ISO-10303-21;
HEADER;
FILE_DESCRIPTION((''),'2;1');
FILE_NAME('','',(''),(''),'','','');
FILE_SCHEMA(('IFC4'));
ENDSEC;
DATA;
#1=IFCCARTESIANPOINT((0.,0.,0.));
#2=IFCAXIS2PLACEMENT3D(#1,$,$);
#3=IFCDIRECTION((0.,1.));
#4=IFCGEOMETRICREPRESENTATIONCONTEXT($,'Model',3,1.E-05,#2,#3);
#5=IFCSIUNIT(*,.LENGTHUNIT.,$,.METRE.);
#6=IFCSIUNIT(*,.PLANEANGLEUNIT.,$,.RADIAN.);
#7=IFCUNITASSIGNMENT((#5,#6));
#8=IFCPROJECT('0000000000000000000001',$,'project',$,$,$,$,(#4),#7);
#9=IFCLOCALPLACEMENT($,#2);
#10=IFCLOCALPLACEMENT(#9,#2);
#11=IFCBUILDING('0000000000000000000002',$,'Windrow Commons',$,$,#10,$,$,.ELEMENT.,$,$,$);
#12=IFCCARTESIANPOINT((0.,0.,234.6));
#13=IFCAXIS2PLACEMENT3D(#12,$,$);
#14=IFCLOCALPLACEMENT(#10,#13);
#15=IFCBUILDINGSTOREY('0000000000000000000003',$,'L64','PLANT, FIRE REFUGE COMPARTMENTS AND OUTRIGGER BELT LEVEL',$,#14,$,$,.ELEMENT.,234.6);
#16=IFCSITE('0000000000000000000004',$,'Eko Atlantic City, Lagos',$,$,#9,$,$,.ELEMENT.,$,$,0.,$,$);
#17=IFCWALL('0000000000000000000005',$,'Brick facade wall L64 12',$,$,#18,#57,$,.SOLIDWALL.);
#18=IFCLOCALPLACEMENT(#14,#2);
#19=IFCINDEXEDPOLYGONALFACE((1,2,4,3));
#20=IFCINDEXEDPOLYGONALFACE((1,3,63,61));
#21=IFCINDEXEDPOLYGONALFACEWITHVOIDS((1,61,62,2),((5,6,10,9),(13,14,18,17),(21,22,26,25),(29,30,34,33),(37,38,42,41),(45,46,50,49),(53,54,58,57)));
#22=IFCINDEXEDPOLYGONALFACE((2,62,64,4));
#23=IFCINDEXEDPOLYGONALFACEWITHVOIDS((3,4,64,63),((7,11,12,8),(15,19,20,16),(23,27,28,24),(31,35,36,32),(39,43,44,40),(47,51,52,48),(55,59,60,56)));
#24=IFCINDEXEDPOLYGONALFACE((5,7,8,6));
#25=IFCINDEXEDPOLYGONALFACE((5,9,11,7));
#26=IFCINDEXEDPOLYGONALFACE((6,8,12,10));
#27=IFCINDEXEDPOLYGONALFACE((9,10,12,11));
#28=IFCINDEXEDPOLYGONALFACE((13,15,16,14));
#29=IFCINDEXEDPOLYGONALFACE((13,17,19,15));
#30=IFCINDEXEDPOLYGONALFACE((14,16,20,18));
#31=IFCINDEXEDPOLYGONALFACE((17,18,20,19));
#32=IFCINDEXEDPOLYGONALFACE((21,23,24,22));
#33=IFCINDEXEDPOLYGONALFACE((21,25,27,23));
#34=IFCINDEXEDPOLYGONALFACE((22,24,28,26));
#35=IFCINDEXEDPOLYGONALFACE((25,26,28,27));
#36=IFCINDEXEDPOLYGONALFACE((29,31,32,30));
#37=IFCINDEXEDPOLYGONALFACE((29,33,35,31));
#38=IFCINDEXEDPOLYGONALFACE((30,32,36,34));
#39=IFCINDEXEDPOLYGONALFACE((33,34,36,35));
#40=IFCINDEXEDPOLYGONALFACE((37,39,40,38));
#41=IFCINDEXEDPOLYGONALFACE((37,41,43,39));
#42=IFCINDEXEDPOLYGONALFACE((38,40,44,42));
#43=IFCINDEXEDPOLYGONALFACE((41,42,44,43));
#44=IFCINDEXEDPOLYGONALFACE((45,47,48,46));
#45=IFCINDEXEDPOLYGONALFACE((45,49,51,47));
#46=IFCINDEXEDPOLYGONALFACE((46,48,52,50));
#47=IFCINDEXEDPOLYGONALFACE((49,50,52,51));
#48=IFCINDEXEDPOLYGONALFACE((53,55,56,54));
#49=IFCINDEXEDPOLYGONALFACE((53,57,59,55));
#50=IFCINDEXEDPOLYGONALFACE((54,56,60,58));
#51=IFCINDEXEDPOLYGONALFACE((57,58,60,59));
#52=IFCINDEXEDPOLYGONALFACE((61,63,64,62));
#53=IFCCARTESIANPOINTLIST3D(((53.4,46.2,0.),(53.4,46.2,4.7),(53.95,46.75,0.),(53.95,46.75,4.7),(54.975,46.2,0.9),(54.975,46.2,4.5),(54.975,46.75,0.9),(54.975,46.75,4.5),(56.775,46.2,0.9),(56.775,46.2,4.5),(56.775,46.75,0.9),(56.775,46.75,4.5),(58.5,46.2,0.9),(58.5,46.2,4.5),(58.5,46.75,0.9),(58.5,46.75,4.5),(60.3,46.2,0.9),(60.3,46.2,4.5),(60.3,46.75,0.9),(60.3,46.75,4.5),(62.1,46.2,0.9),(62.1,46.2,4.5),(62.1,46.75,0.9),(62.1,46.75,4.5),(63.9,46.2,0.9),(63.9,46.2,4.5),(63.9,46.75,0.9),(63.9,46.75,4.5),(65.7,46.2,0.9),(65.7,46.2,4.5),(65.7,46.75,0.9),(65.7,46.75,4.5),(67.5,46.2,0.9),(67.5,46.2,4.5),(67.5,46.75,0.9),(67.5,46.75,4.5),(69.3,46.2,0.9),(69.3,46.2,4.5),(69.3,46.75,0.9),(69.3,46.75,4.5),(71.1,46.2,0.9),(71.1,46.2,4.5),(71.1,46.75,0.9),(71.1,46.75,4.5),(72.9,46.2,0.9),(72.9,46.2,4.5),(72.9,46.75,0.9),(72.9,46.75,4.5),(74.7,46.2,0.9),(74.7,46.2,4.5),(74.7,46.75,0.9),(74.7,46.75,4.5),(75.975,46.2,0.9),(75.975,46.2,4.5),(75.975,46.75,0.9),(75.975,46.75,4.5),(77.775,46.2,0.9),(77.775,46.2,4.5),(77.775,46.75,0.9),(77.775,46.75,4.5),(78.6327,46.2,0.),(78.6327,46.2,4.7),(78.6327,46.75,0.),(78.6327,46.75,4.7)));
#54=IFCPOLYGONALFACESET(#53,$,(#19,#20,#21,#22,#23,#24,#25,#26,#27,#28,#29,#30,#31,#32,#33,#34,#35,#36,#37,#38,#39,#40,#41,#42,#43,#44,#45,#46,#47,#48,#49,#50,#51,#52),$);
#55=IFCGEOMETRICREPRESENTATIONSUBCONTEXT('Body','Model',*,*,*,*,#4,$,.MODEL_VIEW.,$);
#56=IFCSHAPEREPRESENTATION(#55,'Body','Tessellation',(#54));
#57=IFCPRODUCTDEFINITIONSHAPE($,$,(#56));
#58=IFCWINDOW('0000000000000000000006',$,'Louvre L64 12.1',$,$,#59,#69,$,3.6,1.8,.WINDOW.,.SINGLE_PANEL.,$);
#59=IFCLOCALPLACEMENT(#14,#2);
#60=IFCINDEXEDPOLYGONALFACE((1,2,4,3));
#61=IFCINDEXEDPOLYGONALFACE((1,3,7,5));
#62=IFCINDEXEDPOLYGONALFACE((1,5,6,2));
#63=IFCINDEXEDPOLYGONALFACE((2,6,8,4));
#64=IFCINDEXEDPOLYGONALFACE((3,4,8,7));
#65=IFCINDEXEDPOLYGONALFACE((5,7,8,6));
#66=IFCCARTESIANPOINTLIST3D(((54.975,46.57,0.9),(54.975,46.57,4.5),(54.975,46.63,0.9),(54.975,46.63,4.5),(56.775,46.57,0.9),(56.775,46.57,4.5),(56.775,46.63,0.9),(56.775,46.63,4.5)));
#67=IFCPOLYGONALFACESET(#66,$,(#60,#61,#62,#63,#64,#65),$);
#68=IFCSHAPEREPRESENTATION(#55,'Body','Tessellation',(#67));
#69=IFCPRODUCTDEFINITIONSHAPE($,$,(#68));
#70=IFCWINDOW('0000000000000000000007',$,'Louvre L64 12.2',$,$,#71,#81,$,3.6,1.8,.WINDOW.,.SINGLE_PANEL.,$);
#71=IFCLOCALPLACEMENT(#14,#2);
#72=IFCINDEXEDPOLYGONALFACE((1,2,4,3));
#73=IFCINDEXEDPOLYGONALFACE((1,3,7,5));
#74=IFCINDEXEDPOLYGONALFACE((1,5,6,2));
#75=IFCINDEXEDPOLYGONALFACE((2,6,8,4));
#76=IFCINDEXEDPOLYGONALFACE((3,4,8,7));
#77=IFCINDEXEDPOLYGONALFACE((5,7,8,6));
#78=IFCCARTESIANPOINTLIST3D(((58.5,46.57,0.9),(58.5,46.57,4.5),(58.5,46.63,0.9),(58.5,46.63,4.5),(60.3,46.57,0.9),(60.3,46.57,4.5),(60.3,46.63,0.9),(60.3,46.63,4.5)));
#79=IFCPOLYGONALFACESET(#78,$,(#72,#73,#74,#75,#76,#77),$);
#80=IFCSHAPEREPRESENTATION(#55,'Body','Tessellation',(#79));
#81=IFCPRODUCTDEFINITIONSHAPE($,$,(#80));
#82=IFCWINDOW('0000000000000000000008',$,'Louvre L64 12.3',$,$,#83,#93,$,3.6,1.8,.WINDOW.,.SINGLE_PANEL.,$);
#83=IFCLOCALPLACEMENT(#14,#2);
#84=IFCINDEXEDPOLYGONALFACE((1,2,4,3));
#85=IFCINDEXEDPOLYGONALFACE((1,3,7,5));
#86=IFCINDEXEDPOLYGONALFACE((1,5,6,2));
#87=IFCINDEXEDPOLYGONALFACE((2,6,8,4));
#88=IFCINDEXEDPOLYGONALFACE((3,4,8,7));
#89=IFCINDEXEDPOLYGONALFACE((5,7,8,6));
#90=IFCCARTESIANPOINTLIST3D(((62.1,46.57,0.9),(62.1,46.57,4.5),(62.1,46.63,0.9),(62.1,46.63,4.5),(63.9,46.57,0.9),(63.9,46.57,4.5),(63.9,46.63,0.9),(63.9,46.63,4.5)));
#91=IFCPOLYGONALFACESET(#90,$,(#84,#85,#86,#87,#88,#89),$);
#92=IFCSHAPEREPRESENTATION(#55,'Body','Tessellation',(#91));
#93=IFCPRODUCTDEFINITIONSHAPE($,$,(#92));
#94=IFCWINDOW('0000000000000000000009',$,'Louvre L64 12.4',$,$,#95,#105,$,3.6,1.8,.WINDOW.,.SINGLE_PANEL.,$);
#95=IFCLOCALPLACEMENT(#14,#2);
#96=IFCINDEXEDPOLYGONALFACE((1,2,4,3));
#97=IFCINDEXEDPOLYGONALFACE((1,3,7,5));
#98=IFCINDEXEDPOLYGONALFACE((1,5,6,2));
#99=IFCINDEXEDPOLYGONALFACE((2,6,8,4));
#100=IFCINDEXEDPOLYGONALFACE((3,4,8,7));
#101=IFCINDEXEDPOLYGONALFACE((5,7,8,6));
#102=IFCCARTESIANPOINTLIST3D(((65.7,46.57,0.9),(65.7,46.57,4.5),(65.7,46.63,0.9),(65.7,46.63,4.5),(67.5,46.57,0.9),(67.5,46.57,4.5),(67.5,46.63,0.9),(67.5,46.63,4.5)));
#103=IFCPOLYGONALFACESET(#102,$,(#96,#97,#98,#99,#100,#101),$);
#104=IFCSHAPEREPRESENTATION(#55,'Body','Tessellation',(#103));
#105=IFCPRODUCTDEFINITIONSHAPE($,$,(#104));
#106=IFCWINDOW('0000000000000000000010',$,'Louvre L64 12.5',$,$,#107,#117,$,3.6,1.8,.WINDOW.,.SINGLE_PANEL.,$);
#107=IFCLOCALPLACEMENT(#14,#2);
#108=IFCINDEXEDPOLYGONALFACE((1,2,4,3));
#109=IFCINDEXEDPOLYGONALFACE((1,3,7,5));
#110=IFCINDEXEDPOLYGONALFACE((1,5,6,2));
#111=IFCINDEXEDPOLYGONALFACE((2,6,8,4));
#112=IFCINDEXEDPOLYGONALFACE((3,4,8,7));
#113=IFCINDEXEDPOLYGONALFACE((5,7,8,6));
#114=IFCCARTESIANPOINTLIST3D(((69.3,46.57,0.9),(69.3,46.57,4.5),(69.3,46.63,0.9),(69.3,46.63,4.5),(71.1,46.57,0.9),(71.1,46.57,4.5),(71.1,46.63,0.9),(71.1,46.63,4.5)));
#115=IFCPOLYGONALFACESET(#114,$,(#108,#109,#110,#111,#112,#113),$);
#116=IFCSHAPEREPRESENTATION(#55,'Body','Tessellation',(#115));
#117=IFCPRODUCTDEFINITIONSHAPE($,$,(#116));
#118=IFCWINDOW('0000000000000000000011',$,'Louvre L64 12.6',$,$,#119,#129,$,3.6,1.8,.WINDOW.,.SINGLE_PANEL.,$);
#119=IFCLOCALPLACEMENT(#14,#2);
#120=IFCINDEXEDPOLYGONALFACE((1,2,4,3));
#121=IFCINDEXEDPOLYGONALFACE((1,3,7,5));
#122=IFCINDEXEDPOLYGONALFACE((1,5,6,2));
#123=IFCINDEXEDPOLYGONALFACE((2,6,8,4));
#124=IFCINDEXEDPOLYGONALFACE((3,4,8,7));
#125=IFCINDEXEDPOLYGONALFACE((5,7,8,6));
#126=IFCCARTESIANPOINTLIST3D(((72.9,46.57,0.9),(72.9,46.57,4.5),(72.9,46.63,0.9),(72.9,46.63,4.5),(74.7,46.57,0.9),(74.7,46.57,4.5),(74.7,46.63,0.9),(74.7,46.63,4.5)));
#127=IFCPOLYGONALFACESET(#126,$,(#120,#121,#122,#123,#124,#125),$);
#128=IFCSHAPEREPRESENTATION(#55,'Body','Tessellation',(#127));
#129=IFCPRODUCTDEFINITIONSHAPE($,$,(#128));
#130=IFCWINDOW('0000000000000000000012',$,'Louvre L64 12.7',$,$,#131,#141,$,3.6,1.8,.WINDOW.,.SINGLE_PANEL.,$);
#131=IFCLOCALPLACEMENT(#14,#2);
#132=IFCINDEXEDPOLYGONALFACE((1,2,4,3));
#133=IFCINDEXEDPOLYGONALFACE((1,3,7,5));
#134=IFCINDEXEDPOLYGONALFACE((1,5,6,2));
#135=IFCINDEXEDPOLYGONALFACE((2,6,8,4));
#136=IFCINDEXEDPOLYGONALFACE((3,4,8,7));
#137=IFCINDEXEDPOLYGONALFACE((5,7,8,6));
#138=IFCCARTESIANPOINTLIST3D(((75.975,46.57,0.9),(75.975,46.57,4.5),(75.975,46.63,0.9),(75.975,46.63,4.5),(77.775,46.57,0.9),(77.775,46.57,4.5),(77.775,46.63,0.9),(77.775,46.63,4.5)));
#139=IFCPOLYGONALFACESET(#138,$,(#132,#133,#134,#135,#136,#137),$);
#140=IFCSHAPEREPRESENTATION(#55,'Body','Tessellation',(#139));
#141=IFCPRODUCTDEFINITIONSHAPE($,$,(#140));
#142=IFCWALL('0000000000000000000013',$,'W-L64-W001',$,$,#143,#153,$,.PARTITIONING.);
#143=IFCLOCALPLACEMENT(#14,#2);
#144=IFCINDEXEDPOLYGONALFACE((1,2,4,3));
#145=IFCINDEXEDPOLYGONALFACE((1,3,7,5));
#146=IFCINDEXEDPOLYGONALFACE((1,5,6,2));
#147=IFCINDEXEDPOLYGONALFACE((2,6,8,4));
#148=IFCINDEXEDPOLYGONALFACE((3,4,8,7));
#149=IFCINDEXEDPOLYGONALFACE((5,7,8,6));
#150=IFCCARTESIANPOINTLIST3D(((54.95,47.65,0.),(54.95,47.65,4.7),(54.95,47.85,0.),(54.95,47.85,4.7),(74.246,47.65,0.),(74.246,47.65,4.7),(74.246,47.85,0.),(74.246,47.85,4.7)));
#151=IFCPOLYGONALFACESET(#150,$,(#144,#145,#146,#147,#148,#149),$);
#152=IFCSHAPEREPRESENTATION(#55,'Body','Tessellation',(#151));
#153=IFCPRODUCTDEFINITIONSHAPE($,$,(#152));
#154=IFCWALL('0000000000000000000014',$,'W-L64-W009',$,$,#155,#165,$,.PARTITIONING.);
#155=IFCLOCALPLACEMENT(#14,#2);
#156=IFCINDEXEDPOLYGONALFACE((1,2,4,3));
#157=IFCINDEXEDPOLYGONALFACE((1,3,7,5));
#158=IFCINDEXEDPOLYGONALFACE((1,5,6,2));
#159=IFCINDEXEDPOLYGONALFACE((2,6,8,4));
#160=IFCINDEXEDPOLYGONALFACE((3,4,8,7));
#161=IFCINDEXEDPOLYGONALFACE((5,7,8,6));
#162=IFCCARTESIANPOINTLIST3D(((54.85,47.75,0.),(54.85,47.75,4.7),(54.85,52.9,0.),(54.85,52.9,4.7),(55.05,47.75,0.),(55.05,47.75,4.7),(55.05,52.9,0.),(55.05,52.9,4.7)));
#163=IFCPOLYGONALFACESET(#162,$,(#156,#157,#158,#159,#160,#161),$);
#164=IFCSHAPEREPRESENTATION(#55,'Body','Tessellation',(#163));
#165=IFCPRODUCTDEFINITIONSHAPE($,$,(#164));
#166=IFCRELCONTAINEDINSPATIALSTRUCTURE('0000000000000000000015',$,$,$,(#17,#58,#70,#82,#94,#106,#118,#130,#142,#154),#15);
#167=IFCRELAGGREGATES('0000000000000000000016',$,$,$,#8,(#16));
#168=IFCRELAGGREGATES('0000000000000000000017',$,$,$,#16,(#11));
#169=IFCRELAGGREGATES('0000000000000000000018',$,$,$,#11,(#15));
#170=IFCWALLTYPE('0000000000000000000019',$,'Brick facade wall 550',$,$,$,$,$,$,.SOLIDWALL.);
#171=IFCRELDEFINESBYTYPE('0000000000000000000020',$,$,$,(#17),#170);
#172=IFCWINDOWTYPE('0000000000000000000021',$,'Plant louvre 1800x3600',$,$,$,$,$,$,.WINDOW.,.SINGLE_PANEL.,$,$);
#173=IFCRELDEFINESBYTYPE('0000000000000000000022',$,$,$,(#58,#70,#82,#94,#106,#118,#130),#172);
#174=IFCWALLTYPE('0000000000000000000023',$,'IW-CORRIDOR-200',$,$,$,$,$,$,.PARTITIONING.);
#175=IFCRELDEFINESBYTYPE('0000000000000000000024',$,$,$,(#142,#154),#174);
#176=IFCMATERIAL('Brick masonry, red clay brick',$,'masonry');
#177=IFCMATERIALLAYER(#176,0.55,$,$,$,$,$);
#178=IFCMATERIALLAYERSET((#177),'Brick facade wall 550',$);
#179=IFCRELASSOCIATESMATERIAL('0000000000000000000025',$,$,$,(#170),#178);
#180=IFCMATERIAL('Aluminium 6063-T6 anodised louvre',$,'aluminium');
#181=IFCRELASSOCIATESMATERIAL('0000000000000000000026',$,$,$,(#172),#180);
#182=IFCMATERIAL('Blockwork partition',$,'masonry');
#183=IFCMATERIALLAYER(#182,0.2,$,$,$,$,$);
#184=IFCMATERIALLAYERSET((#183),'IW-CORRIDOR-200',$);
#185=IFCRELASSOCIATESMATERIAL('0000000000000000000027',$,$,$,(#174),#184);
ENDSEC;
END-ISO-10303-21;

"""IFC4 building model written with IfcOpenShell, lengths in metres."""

from ifc_helpers import new_model, si_unit, direction, frame, frame_2d, origin, place, context, subcontext, project, spatial, polyline, rectangle, outline, extrude, material, layer, layer_set, type_object, element, fill, save


model = new_model("IFC4")

# Units and contexts
model_context = context("Model", 3, precision=1e-05, world=origin(), true_north=direction((0.0, 1.0)))
body_context = subcontext(model_context, "Body", "Model", "MODEL_VIEW")
ifc_project = project(units=[si_unit("LENGTHUNIT", "METRE"), si_unit("PLANEANGLEUNIT", "RADIAN")], contexts=[model_context])

# Site, building, storey
site_placement = place(None, origin())
site = spatial("IfcSite", under=ifc_project, at=site_placement, Name="Eko Atlantic City, Lagos", CompositionType="ELEMENT", RefElevation=0.0)
building_placement = place(site_placement, origin())
building = spatial("IfcBuilding", under=site, at=building_placement, Name="Windrow Commons", CompositionType="ELEMENT")
storey_placement = place(building_placement, frame((0.0, 0.0, 234.6)))
storey = spatial("IfcBuildingStorey", under=building, at=storey_placement, Name="L64", Description="PLANT, FIRE REFUGE COMPARTMENTS AND OUTRIGGER BELT LEVEL", CompositionType="ELEMENT", Elevation=234.6)

# Wall, openings, windows
ifc_material_1 = material(Name="Brick masonry, red clay brick", Category="masonry")
ifc_layer_1 = layer(ifc_material_1, 0.55)
ifc_layer_set_1 = layer_set([ifc_layer_1], Name="Brick facade wall 550")
wall_type_1 = type_object("IfcWallType", Name="Brick facade wall 550", PredefinedType="SOLIDWALL", material=ifc_layer_set_1)
ifc_material_2 = material(Name="Aluminium 6063-T6 anodised louvre", Category="aluminium")
window_type = type_object("IfcWindowType", Name="Plant louvre 1800x3600", PartitioningType="SINGLE_PANEL", PredefinedType="WINDOW", material=ifc_material_2)
wall_1_placement = place(storey_placement, frame((53.675, 46.475, 0.0), z_axis=(0.0, 0.0, 1.0), x_axis=(1.0, 0.0, 0.0)))
wall_1 = element("IfcWall", 1, at=wall_1_placement, inside=storey, type_object=wall_type_1, Name="Brick facade wall L64 12", PredefinedType="SOLIDWALL", context=body_context, shape_type="SweptSolid", body=[
    extrude(outline(polyline([(-0.275, -0.275), (24.9577, -0.275), (24.9577, 0.275), (0.275, 0.275), (-0.275, -0.275)])), origin(), (0.0, 0.0, 1.0), 4.7),
])
opening_1_placement = place(wall_1_placement, frame((1.3, 0.0, 0.9)))
opening_1 = element("IfcOpeningElement", 2, at=opening_1_placement, cuts=wall_1, PredefinedType="OPENING", context=body_context, shape_type="SweptSolid", body=[
    extrude(rectangle(XDim=1.8, YDim=3.6, at=frame_2d((0.9, 1.8))), frame((0.0, 0.285, 0.0), z_axis=(0.0, -1.0, 0.0), x_axis=(1.0, 0.0, 0.0)), (0.0, 0.0, 1.0), 0.57),
])
opening_2_placement = place(wall_1_placement, frame((4.825, 0.0, 0.9)))
opening_2 = element("IfcOpeningElement", 3, at=opening_2_placement, cuts=wall_1, PredefinedType="OPENING", context=body_context, shape_type="SweptSolid", body=[
    extrude(rectangle(XDim=1.8, YDim=3.6, at=frame_2d((0.9, 1.8))), frame((0.0, 0.285, 0.0), z_axis=(0.0, -1.0, 0.0), x_axis=(1.0, 0.0, 0.0)), (0.0, 0.0, 1.0), 0.57),
])
opening_3_placement = place(wall_1_placement, frame((8.425, 0.0, 0.9)))
opening_3 = element("IfcOpeningElement", 4, at=opening_3_placement, cuts=wall_1, PredefinedType="OPENING", context=body_context, shape_type="SweptSolid", body=[
    extrude(rectangle(XDim=1.8, YDim=3.6, at=frame_2d((0.9, 1.8))), frame((0.0, 0.285, 0.0), z_axis=(0.0, -1.0, 0.0), x_axis=(1.0, 0.0, 0.0)), (0.0, 0.0, 1.0), 0.57),
])
opening_4_placement = place(wall_1_placement, frame((12.025, 0.0, 0.9)))
opening_4 = element("IfcOpeningElement", 5, at=opening_4_placement, cuts=wall_1, PredefinedType="OPENING", context=body_context, shape_type="SweptSolid", body=[
    extrude(rectangle(XDim=1.8, YDim=3.6, at=frame_2d((0.9, 1.8))), frame((0.0, 0.285, 0.0), z_axis=(0.0, -1.0, 0.0), x_axis=(1.0, 0.0, 0.0)), (0.0, 0.0, 1.0), 0.57),
])
opening_5_placement = place(wall_1_placement, frame((15.625, 0.0, 0.9)))
opening_5 = element("IfcOpeningElement", 6, at=opening_5_placement, cuts=wall_1, PredefinedType="OPENING", context=body_context, shape_type="SweptSolid", body=[
    extrude(rectangle(XDim=1.8, YDim=3.6, at=frame_2d((0.9, 1.8))), frame((0.0, 0.285, 0.0), z_axis=(0.0, -1.0, 0.0), x_axis=(1.0, 0.0, 0.0)), (0.0, 0.0, 1.0), 0.57),
])
opening_6_placement = place(wall_1_placement, frame((19.225, 0.0, 0.9)))
opening_6 = element("IfcOpeningElement", 7, at=opening_6_placement, cuts=wall_1, PredefinedType="OPENING", context=body_context, shape_type="SweptSolid", body=[
    extrude(rectangle(XDim=1.8, YDim=3.6, at=frame_2d((0.9, 1.8))), frame((0.0, 0.285, 0.0), z_axis=(0.0, -1.0, 0.0), x_axis=(1.0, 0.0, 0.0)), (0.0, 0.0, 1.0), 0.57),
])
opening_7_placement = place(wall_1_placement, frame((22.3, 0.0, 0.9)))
opening_7 = element("IfcOpeningElement", 8, at=opening_7_placement, cuts=wall_1, PredefinedType="OPENING", context=body_context, shape_type="SweptSolid", body=[
    extrude(rectangle(XDim=1.8, YDim=3.6, at=frame_2d((0.9, 1.8))), frame((0.0, 0.285, 0.0), z_axis=(0.0, -1.0, 0.0), x_axis=(1.0, 0.0, 0.0)), (0.0, 0.0, 1.0), 0.57),
])
window_1_placement = place(opening_1_placement, origin())
window_1 = element("IfcWindow", 9, at=window_1_placement, inside=storey, type_object=window_type, Name="Louvre L64 12.1", OverallHeight=3.6, OverallWidth=1.8, PartitioningType="SINGLE_PANEL", PredefinedType="WINDOW", context=body_context, shape_type="SweptSolid", body=[
    extrude(rectangle(XDim=1.8, YDim=3.6, at=frame_2d((0.9, 1.8))), frame((0.0, 0.155, 0.0), z_axis=(0.0, -1.0, 0.0), x_axis=(1.0, 0.0, 0.0)), (0.0, 0.0, 1.0), 0.06),
])
fill(opening_1, window_1)
window_2_placement = place(opening_2_placement, origin())
window_2 = element("IfcWindow", 10, at=window_2_placement, inside=storey, type_object=window_type, Name="Louvre L64 12.2", OverallHeight=3.6, OverallWidth=1.8, PartitioningType="SINGLE_PANEL", PredefinedType="WINDOW", context=body_context, shape_type="SweptSolid", body=[
    extrude(rectangle(XDim=1.8, YDim=3.6, at=frame_2d((0.9, 1.8))), frame((0.0, 0.155, 0.0), z_axis=(0.0, -1.0, 0.0), x_axis=(1.0, 0.0, 0.0)), (0.0, 0.0, 1.0), 0.06),
])
fill(opening_2, window_2)
window_3_placement = place(opening_3_placement, origin())
window_3 = element("IfcWindow", 11, at=window_3_placement, inside=storey, type_object=window_type, Name="Louvre L64 12.3", OverallHeight=3.6, OverallWidth=1.8, PartitioningType="SINGLE_PANEL", PredefinedType="WINDOW", context=body_context, shape_type="SweptSolid", body=[
    extrude(rectangle(XDim=1.8, YDim=3.6, at=frame_2d((0.9, 1.8))), frame((0.0, 0.155, 0.0), z_axis=(0.0, -1.0, 0.0), x_axis=(1.0, 0.0, 0.0)), (0.0, 0.0, 1.0), 0.06),
])
fill(opening_3, window_3)
window_4_placement = place(opening_4_placement, origin())
window_4 = element("IfcWindow", 12, at=window_4_placement, inside=storey, type_object=window_type, Name="Louvre L64 12.4", OverallHeight=3.6, OverallWidth=1.8, PartitioningType="SINGLE_PANEL", PredefinedType="WINDOW", context=body_context, shape_type="SweptSolid", body=[
    extrude(rectangle(XDim=1.8, YDim=3.6, at=frame_2d((0.9, 1.8))), frame((0.0, 0.155, 0.0), z_axis=(0.0, -1.0, 0.0), x_axis=(1.0, 0.0, 0.0)), (0.0, 0.0, 1.0), 0.06),
])
fill(opening_4, window_4)
window_5_placement = place(opening_5_placement, origin())
window_5 = element("IfcWindow", 13, at=window_5_placement, inside=storey, type_object=window_type, Name="Louvre L64 12.5", OverallHeight=3.6, OverallWidth=1.8, PartitioningType="SINGLE_PANEL", PredefinedType="WINDOW", context=body_context, shape_type="SweptSolid", body=[
    extrude(rectangle(XDim=1.8, YDim=3.6, at=frame_2d((0.9, 1.8))), frame((0.0, 0.155, 0.0), z_axis=(0.0, -1.0, 0.0), x_axis=(1.0, 0.0, 0.0)), (0.0, 0.0, 1.0), 0.06),
])
fill(opening_5, window_5)
window_6_placement = place(opening_6_placement, origin())
window_6 = element("IfcWindow", 14, at=window_6_placement, inside=storey, type_object=window_type, Name="Louvre L64 12.6", OverallHeight=3.6, OverallWidth=1.8, PartitioningType="SINGLE_PANEL", PredefinedType="WINDOW", context=body_context, shape_type="SweptSolid", body=[
    extrude(rectangle(XDim=1.8, YDim=3.6, at=frame_2d((0.9, 1.8))), frame((0.0, 0.155, 0.0), z_axis=(0.0, -1.0, 0.0), x_axis=(1.0, 0.0, 0.0)), (0.0, 0.0, 1.0), 0.06),
])
fill(opening_6, window_6)
window_7_placement = place(opening_7_placement, origin())
window_7 = element("IfcWindow", 15, at=window_7_placement, inside=storey, type_object=window_type, Name="Louvre L64 12.7", OverallHeight=3.6, OverallWidth=1.8, PartitioningType="SINGLE_PANEL", PredefinedType="WINDOW", context=body_context, shape_type="SweptSolid", body=[
    extrude(rectangle(XDim=1.8, YDim=3.6, at=frame_2d((0.9, 1.8))), frame((0.0, 0.155, 0.0), z_axis=(0.0, -1.0, 0.0), x_axis=(1.0, 0.0, 0.0)), (0.0, 0.0, 1.0), 0.06),
])
fill(opening_7, window_7)

# Walls
ifc_material_3 = material(Name="Blockwork partition", Category="masonry")
ifc_layer_2 = layer(ifc_material_3, 0.2)
ifc_layer_set_2 = layer_set([ifc_layer_2], Name="IW-CORRIDOR-200")
wall_type_2 = type_object("IfcWallType", Name="IW-CORRIDOR-200", PredefinedType="PARTITIONING", material=ifc_layer_set_2)
wall_2_placement = place(storey_placement, frame((54.95, 47.75, 0.0), z_axis=(0.0, 0.0, 1.0), x_axis=(1.0, 0.0, 0.0)))
element("IfcWall", 16, at=wall_2_placement, inside=storey, type_object=wall_type_2, Name="W-L64-W001", PredefinedType="PARTITIONING", context=body_context, shape_type="SweptSolid", body=[
    extrude(rectangle(XDim=19.296, YDim=0.2, at=frame_2d((9.648, 0.0))), origin(), (0.0, 0.0, 1.0), 4.7),
])
wall_3_placement = place(storey_placement, frame((54.95, 47.75, 0.0), z_axis=(0.0, 0.0, 1.0), x_axis=(0.0, 1.0, 0.0)))
element("IfcWall", 17, at=wall_3_placement, inside=storey, type_object=wall_type_2, Name="W-L64-W009", PredefinedType="PARTITIONING", context=body_context, shape_type="SweptSolid", body=[
    extrude(rectangle(XDim=5.15, YDim=0.2, at=frame_2d((2.575, 0.0))), origin(), (0.0, 0.0, 1.0), 4.7),
])

save(model, "model.ifc")
